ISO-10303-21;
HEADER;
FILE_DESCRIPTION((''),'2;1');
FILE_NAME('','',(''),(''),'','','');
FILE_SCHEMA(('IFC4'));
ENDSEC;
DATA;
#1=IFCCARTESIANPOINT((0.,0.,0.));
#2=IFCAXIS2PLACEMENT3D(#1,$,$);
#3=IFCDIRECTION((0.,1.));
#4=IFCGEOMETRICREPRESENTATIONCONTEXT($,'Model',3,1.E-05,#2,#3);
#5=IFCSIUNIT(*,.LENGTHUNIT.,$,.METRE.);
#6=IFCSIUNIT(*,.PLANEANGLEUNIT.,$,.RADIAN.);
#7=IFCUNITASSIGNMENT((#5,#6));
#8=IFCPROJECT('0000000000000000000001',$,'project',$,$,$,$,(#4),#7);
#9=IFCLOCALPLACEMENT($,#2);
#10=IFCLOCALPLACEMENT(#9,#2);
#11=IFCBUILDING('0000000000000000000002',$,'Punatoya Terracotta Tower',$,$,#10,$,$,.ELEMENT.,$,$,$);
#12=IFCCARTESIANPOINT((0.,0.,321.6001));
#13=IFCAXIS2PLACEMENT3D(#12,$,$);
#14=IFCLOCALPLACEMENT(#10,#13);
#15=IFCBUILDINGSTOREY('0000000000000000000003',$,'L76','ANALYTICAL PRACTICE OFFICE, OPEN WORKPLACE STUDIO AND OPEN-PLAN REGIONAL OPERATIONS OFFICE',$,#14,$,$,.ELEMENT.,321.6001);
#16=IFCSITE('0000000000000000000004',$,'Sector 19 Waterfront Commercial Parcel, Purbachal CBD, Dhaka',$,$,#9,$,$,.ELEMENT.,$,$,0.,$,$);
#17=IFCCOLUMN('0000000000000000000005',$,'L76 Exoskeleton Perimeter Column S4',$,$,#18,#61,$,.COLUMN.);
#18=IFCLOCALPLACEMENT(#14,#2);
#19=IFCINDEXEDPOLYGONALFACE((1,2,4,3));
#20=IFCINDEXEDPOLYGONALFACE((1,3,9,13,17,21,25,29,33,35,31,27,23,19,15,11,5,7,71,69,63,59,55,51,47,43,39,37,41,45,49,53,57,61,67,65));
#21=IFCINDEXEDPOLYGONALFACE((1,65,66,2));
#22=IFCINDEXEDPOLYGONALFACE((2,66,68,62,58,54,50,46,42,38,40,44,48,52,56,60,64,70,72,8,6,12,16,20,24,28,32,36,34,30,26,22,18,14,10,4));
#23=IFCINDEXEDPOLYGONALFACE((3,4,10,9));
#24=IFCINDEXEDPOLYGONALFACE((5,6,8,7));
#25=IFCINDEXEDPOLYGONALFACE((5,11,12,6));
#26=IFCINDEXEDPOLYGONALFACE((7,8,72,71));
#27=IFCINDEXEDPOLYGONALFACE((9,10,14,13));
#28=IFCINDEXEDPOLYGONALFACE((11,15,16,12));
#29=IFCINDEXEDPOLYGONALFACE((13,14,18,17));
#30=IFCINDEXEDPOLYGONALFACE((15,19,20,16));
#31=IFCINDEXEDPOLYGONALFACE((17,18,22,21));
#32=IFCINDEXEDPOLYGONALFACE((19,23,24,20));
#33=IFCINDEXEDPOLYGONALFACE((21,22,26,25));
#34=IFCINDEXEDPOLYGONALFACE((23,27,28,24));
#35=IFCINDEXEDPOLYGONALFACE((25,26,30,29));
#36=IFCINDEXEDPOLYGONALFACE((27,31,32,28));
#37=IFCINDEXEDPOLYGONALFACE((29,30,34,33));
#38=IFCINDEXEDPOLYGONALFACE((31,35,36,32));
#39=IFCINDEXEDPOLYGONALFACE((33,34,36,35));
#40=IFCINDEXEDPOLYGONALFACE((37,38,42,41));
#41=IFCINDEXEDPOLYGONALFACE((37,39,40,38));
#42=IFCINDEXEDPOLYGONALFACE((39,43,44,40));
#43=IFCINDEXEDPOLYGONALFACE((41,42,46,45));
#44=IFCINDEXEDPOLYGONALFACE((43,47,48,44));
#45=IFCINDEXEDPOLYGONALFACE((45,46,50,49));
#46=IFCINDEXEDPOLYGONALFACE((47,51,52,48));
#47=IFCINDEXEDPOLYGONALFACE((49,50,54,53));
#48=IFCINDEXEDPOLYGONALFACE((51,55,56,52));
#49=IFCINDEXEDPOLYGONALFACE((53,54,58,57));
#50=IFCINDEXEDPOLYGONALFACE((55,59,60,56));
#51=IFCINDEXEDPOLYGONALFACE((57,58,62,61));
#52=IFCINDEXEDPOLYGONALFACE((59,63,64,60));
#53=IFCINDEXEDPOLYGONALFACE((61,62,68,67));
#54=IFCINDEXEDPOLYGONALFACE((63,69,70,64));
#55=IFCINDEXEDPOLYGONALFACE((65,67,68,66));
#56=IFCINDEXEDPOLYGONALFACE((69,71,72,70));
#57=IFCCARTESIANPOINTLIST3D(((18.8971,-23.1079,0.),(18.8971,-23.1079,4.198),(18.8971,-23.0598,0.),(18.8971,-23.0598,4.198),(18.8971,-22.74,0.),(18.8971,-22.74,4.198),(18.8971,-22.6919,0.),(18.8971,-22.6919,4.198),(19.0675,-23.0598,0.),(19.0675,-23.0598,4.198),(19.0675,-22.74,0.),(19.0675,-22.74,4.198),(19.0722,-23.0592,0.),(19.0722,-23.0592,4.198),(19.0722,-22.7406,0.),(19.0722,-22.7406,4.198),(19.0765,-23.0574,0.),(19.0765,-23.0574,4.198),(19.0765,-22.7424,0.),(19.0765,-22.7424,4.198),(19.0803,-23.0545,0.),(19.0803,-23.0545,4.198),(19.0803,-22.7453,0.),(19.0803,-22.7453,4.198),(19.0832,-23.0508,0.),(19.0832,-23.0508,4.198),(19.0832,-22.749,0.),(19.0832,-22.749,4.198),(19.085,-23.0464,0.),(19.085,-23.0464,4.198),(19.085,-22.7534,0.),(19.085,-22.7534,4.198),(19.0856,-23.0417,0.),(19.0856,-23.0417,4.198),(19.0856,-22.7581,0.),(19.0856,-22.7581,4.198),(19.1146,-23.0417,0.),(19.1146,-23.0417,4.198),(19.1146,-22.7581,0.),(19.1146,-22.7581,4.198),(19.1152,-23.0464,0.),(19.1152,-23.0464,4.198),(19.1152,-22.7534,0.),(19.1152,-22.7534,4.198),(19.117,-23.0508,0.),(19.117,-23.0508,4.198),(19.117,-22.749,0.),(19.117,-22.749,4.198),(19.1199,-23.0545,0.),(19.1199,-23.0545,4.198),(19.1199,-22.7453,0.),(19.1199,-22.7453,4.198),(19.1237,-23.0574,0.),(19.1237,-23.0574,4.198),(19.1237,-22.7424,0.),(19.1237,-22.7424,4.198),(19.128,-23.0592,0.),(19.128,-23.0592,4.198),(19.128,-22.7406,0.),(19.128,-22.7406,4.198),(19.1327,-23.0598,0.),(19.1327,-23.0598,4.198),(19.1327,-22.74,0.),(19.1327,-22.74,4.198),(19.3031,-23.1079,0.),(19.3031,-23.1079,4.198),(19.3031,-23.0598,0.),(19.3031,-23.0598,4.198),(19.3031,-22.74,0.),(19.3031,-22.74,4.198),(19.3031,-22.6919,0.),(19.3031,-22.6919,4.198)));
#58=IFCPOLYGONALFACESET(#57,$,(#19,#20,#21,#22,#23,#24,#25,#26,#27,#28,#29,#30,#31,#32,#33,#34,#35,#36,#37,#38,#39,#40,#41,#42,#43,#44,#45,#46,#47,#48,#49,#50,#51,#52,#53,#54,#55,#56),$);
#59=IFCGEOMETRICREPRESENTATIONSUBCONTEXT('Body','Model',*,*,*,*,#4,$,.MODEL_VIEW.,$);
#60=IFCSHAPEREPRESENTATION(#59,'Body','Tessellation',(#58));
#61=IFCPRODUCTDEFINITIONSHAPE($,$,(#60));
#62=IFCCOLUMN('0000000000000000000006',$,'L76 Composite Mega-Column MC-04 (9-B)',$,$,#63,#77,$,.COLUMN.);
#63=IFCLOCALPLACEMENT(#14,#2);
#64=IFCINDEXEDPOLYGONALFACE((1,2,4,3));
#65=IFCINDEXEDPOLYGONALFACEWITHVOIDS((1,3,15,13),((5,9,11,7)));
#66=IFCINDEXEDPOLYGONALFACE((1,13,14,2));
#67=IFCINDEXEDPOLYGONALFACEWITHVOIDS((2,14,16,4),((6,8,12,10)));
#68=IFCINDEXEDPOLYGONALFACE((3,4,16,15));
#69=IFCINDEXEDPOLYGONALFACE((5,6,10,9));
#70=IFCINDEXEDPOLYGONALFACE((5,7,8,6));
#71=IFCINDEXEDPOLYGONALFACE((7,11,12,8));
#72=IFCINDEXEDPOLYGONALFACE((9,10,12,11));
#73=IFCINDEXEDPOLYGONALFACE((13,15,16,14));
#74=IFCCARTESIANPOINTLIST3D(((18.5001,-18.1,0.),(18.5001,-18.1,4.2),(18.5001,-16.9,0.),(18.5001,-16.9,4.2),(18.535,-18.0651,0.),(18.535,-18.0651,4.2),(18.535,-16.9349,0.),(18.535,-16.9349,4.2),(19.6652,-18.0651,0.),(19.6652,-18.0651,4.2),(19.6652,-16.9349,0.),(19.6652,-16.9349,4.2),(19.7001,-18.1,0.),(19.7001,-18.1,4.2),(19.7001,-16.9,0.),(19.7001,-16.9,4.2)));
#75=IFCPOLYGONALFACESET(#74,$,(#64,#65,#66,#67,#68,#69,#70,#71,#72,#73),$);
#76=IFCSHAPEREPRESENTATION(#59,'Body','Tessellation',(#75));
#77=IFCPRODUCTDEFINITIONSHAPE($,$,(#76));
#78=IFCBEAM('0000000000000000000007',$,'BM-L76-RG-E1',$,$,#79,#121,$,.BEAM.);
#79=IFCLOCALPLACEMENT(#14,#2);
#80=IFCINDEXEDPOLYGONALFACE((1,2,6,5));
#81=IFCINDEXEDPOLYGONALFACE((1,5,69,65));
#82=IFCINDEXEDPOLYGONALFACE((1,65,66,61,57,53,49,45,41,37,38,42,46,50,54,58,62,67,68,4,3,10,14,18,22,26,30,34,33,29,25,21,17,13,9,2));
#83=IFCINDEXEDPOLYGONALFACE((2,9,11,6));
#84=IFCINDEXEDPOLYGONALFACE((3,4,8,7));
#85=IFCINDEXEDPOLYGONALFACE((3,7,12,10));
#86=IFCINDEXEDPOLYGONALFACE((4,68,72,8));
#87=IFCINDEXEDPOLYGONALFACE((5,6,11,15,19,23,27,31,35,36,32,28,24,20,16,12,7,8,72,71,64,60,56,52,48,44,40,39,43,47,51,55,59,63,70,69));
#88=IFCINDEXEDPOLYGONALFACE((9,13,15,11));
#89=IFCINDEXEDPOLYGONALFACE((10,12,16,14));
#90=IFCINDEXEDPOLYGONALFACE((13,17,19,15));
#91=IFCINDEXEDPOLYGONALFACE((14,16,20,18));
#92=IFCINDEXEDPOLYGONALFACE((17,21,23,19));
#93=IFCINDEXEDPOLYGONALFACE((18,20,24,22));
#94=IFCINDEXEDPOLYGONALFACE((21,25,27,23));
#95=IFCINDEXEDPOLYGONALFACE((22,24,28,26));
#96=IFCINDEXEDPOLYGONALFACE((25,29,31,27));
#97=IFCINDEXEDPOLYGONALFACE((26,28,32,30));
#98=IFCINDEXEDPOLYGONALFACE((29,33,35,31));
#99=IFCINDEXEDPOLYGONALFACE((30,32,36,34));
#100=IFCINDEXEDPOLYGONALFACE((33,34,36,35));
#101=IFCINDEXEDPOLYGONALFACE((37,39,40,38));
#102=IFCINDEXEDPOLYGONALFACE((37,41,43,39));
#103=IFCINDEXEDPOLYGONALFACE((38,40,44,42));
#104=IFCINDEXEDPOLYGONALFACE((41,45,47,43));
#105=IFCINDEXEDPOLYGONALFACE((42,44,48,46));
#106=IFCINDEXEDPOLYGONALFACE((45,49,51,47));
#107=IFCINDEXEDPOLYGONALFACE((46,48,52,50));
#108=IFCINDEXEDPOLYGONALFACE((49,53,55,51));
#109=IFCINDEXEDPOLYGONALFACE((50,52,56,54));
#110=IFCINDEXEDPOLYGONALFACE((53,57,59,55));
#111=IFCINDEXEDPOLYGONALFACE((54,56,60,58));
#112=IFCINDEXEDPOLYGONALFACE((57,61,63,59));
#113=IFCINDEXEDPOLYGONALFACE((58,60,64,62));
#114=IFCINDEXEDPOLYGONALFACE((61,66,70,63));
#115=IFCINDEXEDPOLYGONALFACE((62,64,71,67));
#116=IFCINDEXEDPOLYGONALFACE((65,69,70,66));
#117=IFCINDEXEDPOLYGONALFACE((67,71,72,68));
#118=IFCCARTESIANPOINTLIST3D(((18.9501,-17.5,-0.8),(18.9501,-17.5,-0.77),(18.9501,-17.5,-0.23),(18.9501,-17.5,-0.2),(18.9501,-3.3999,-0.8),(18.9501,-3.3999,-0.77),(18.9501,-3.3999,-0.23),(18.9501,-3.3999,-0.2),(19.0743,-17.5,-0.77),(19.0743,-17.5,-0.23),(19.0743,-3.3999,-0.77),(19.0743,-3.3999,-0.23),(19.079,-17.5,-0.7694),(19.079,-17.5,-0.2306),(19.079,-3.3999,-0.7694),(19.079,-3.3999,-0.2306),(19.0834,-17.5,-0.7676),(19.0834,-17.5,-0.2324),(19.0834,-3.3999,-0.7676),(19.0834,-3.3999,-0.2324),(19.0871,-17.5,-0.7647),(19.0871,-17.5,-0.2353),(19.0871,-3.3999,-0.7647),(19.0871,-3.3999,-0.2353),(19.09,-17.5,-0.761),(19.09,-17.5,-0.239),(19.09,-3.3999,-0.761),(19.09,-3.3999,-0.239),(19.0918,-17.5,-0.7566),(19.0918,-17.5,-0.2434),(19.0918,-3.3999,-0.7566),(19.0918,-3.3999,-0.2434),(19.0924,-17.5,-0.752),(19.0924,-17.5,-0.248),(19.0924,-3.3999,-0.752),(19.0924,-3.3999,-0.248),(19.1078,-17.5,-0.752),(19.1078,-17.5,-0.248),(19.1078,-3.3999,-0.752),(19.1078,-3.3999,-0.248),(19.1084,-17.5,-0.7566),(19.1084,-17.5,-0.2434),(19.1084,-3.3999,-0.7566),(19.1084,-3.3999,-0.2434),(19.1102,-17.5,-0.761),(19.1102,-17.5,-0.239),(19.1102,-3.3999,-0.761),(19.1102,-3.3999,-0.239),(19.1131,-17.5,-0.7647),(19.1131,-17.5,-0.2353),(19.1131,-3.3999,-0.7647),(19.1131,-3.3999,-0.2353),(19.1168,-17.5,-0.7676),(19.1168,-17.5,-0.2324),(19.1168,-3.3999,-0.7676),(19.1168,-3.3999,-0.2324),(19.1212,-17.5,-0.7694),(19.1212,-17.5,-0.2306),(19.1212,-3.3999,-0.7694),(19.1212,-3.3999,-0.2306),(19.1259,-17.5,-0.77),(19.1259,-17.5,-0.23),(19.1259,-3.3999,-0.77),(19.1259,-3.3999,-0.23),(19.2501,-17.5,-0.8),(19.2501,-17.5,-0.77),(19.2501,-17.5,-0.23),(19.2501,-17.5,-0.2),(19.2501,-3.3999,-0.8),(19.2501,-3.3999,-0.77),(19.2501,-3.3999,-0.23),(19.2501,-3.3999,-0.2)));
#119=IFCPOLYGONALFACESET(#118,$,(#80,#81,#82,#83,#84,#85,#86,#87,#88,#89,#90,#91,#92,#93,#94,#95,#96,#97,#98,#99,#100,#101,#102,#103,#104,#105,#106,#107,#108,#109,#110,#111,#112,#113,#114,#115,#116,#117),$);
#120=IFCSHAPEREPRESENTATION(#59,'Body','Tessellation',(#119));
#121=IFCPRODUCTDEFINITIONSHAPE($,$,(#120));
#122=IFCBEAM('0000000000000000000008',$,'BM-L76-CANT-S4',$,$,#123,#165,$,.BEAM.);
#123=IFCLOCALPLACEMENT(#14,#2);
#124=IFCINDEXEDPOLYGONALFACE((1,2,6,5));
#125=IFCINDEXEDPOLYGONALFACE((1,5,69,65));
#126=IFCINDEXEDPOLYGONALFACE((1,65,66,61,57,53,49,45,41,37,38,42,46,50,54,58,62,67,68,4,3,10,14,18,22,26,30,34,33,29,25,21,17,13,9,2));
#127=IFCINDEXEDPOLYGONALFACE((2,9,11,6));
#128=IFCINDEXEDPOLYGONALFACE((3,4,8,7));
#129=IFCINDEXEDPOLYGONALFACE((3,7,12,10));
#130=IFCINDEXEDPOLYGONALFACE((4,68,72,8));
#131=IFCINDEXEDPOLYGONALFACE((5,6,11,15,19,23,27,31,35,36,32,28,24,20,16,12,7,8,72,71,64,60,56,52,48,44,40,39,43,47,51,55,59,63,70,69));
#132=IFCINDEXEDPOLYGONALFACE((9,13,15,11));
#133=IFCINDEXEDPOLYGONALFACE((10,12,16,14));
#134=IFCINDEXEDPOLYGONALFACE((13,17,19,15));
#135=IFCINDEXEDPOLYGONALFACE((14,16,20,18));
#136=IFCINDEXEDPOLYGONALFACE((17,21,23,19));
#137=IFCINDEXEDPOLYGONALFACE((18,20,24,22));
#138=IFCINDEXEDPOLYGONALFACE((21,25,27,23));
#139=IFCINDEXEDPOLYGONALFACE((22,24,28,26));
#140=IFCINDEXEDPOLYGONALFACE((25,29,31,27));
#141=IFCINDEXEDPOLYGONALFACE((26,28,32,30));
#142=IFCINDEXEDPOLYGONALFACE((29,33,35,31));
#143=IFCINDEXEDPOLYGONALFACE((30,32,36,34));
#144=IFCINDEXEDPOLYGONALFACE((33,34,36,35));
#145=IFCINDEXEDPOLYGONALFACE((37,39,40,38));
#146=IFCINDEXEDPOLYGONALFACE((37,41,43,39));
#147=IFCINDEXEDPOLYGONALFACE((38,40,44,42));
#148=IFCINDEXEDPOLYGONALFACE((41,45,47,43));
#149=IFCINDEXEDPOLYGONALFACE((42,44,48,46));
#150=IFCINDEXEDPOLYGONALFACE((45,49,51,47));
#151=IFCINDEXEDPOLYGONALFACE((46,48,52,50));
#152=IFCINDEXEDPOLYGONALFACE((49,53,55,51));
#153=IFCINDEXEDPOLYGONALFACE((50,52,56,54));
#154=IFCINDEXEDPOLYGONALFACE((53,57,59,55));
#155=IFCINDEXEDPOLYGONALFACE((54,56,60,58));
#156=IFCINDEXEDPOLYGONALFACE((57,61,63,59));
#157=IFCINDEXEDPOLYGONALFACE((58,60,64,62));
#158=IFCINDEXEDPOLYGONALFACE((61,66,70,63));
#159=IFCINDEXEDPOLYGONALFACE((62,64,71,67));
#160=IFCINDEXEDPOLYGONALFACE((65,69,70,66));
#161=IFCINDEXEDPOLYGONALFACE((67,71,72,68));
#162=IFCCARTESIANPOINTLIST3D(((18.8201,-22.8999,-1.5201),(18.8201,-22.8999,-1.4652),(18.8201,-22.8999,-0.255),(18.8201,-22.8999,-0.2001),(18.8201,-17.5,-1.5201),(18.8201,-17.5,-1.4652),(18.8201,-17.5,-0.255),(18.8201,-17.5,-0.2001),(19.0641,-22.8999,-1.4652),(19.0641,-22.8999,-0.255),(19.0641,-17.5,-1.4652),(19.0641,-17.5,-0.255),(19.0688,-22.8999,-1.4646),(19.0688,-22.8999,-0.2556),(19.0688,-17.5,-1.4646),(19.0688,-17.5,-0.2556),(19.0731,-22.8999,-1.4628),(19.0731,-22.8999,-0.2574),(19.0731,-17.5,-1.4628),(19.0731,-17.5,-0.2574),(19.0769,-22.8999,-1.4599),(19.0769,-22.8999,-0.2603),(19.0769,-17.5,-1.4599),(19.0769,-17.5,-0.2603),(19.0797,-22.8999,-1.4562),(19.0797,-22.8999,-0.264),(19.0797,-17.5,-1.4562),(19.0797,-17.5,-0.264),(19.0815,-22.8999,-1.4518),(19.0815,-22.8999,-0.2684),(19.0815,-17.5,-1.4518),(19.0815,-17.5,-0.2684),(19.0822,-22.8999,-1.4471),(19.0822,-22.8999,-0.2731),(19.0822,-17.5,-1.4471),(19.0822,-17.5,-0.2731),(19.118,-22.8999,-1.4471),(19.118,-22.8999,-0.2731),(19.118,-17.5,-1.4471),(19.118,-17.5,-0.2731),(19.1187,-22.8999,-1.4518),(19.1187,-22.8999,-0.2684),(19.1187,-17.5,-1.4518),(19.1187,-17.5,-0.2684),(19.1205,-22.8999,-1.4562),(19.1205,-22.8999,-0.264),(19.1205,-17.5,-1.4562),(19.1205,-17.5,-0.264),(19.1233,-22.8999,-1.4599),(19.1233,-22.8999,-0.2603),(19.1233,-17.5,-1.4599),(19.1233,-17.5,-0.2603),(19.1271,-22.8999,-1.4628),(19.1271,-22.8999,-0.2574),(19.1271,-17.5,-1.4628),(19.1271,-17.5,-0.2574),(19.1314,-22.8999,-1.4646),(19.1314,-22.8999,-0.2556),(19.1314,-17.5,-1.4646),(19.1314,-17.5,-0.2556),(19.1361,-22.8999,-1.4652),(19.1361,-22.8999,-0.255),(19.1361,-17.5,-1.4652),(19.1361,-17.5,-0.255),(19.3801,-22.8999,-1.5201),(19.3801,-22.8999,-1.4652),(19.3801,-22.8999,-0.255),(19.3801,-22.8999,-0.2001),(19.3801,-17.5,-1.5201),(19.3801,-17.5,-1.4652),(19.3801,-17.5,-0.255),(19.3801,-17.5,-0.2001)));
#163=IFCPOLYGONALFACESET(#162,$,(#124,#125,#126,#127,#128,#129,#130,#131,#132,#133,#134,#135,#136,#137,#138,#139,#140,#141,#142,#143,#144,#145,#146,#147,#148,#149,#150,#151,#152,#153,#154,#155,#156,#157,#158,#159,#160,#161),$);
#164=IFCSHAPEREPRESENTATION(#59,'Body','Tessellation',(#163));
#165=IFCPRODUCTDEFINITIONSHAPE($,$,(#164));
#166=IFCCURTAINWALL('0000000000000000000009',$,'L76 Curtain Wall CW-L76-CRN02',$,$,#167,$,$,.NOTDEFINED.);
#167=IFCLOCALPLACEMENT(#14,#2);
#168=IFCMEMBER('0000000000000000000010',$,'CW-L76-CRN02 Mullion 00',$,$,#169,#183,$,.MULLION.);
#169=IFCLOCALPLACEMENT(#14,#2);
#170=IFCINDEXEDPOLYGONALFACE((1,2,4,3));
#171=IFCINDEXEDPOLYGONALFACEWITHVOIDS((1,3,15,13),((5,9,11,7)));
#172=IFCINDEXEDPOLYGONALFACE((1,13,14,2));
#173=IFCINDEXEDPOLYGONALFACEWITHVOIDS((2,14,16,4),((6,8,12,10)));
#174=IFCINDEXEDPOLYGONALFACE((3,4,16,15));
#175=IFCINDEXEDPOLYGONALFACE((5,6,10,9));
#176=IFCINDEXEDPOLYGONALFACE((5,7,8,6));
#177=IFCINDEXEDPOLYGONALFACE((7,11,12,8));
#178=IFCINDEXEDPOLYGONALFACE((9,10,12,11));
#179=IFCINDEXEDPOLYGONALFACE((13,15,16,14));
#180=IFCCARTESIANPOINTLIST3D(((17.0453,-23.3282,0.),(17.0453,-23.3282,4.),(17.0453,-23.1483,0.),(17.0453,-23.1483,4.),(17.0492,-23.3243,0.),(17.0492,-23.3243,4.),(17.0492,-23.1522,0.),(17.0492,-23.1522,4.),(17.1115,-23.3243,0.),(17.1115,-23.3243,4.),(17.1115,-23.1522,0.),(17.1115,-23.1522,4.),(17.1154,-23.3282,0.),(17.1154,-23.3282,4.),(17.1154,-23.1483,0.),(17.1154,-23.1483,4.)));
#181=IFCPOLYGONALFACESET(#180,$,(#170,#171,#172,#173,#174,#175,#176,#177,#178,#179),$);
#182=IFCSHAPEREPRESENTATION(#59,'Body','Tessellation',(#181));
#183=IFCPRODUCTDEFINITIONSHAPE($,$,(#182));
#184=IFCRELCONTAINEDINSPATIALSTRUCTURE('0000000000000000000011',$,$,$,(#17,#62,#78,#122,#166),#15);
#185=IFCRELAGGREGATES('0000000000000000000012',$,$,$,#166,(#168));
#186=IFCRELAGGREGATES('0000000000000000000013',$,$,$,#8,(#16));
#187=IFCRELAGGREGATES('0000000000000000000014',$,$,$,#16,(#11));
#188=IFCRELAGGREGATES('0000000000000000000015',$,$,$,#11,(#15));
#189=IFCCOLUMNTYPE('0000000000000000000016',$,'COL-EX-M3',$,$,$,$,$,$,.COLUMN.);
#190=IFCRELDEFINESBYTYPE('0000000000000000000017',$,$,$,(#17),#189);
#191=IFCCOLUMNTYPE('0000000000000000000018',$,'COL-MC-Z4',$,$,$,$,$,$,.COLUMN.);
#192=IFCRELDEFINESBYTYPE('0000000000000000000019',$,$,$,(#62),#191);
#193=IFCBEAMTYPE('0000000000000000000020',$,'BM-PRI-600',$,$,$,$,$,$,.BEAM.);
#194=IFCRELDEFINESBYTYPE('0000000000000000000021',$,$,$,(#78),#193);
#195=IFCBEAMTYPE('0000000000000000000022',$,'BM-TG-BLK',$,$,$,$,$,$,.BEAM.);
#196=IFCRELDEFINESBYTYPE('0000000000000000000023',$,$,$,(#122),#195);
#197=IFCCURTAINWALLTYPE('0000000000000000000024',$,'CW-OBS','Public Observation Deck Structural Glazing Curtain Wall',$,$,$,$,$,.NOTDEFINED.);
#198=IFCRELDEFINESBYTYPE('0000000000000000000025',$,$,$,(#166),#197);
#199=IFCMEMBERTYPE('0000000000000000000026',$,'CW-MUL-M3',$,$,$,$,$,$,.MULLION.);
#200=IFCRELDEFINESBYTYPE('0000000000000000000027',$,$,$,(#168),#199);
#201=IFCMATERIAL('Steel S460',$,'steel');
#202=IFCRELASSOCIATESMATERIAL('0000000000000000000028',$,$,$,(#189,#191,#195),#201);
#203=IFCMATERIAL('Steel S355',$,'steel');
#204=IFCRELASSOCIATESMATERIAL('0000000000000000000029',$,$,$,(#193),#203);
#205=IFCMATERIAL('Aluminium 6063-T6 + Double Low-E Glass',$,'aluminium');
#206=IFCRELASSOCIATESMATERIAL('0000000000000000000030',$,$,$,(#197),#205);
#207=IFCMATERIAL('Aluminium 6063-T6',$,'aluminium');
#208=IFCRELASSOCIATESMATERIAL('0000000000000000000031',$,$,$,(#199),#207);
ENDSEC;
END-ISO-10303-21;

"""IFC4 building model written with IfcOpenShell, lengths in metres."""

from ifc_helpers import new_model, si_unit, direction, frame, origin, origin_2d, place, context, subcontext, project, spatial, hollow_rectangle, i_section, extrude, material, material_profile, profile_set, type_object, element, aggregate, save


model = new_model("IFC4")

# Units and contexts
model_context = context("Model", 3, precision=1e-05, world=origin(), true_north=direction((0.0, 1.0)))
body_context = subcontext(model_context, "Body", "Model", "MODEL_VIEW")
ifc_project = project(units=[si_unit("LENGTHUNIT", "METRE"), si_unit("PLANEANGLEUNIT", "RADIAN")], contexts=[model_context])

# Site, building, storey
site_placement = place(None, origin())
site = spatial("IfcSite", under=ifc_project, at=site_placement, Name="Sector 19 Waterfront Commercial Parcel, Purbachal CBD, Dhaka", CompositionType="ELEMENT", RefElevation=0.0)
building_placement = place(site_placement, origin())
building = spatial("IfcBuilding", under=site, at=building_placement, Name="Punatoya Terracotta Tower", CompositionType="ELEMENT")
storey_placement = place(building_placement, frame((0.0, 0.0, 321.6001)))
storey = spatial("IfcBuildingStorey", under=building, at=storey_placement, Name="L76", Description="ANALYTICAL PRACTICE OFFICE, OPEN WORKPLACE STUDIO AND OPEN-PLAN REGIONAL OPERATIONS OFFICE", CompositionType="ELEMENT", Elevation=321.6001)

# Columns
ifc_material_1 = material(Name="Steel S460", Category="steel")
ifc_material_profile_1 = material_profile(ifc_material_1, i_section(OverallWidth=0.406, OverallDepth=0.416, WebThickness=0.0291, FlangeThickness=0.0481, FilletRadius=0.0181, at=origin_2d()))
ifc_profile_set_1 = profile_set([ifc_material_profile_1], Name="Steel S460")
column_type_1 = type_object("IfcColumnType", Name="COL-EX-M3", PredefinedType="COLUMN", material=ifc_profile_set_1)
column_1_placement = place(storey_placement, frame((19.1001, -22.8999, 0.0), z_axis=(0.0, 0.0, 1.0), x_axis=(1.0, 0.0, 0.0)))
element("IfcColumn", 1, at=column_1_placement, inside=storey, type_object=column_type_1, Name="L76 Exoskeleton Perimeter Column S4", PredefinedType="COLUMN", context=body_context, shape_type="SweptSolid", body=[
    extrude(i_section(OverallWidth=0.406, OverallDepth=0.416, WebThickness=0.0291, FlangeThickness=0.0481, FilletRadius=0.0181, at=origin_2d()), origin(), (0.0, 0.0, 1.0), 4.198),
])
ifc_material_profile_2 = material_profile(ifc_material_1, hollow_rectangle(XDim=1.2, YDim=1.2, WallThickness=0.0349, at=origin_2d()))
ifc_profile_set_2 = profile_set([ifc_material_profile_2], Name="Steel S460")
column_type_2 = type_object("IfcColumnType", Name="COL-MC-Z4", PredefinedType="COLUMN", material=ifc_profile_set_2)
column_2_placement = place(storey_placement, frame((19.1001, -17.5, 0.0), z_axis=(0.0, 0.0, 1.0), x_axis=(1.0, 0.0, 0.0)))
element("IfcColumn", 2, at=column_2_placement, inside=storey, type_object=column_type_2, Name="L76 Composite Mega-Column MC-04 (9-B)", PredefinedType="COLUMN", context=body_context, shape_type="SweptSolid", body=[
    extrude(hollow_rectangle(XDim=1.2, YDim=1.2, WallThickness=0.0349, at=origin_2d()), origin(), (0.0, 0.0, 1.0), 4.2),
])

# Beams
ifc_material_2 = material(Name="Steel S355", Category="steel")
ifc_material_profile_3 = material_profile(ifc_material_2, i_section(OverallWidth=0.3, OverallDepth=0.6001, WebThickness=0.0154, FlangeThickness=0.03, FilletRadius=0.0181, at=origin_2d()))
ifc_profile_set_3 = profile_set([ifc_material_profile_3], Name="Steel S355")
beam_type_1 = type_object("IfcBeamType", Name="BM-PRI-600", PredefinedType="BEAM", material=ifc_profile_set_3)
beam_1_placement = place(storey_placement, frame((19.1001, -17.5, -0.5), z_axis=(0.0, 1.0, 0.0), x_axis=(-1.0, 0.0, 0.0)))
element("IfcBeam", 3, at=beam_1_placement, inside=storey, type_object=beam_type_1, Name="BM-L76-RG-E1", PredefinedType="BEAM", context=body_context, shape_type="SweptSolid", body=[
    extrude(i_section(OverallWidth=0.3, OverallDepth=0.6001, WebThickness=0.0154, FlangeThickness=0.03, FilletRadius=0.0181, at=origin_2d()), origin(), (0.0, 0.0, 1.0), 14.1001),
])
ifc_material_profile_4 = material_profile(ifc_material_1, i_section(OverallWidth=0.5601, OverallDepth=1.3201, WebThickness=0.0359, FlangeThickness=0.0549, FilletRadius=0.0181, at=origin_2d()))
ifc_profile_set_4 = profile_set([ifc_material_profile_4], Name="Steel S460")
beam_type_2 = type_object("IfcBeamType", Name="BM-TG-BLK", PredefinedType="BEAM", material=ifc_profile_set_4)
beam_2_placement = place(storey_placement, frame((19.1001, -22.8999, -0.8601), z_axis=(0.0, 1.0, 0.0), x_axis=(-1.0, 0.0, 0.0)))
element("IfcBeam", 4, at=beam_2_placement, inside=storey, type_object=beam_type_2, Name="BM-L76-CANT-S4", PredefinedType="BEAM", context=body_context, shape_type="SweptSolid", body=[
    extrude(i_section(OverallWidth=0.5601, OverallDepth=1.3201, WebThickness=0.0359, FlangeThickness=0.0549, FilletRadius=0.0181, at=origin_2d()), origin(), (0.0, 0.0, 1.0), 5.3999),
])

# Curtain wall, member
ifc_material_3 = material(Name="Aluminium 6063-T6 + Double Low-E Glass", Category="aluminium")
curtain_wall_type = type_object("IfcCurtainWallType", Name="CW-OBS", Description="Public Observation Deck Structural Glazing Curtain Wall", PredefinedType="NOTDEFINED", material=ifc_material_3)
curtain_wall_1_placement = place(storey_placement, origin())
curtain_wall_1 = element("IfcCurtainWall", 5, at=curtain_wall_1_placement, inside=storey, type_object=curtain_wall_type, Name="L76 Curtain Wall CW-L76-CRN02", PredefinedType="NOTDEFINED")
ifc_material_4 = material(Name="Aluminium 6063-T6", Category="aluminium")
ifc_material_profile_5 = material_profile(ifc_material_4, hollow_rectangle(XDim=0.0701, YDim=0.1799, WallThickness=0.0039, at=origin_2d()))
ifc_profile_set_5 = profile_set([ifc_material_profile_5], Name="Aluminium 6063-T6")
member_type_1 = type_object("IfcMemberType", Name="CW-MUL-M3", PredefinedType="MULLION", material=ifc_profile_set_5)
member_1_placement = place(storey_placement, frame((17.0803, -23.2383, 0.0), z_axis=(0.0, 0.0, 1.0), x_axis=(1.0, 0.0, 0.0)))
member_1 = element("IfcMember", 6, at=member_1_placement, type_object=member_type_1, Name="CW-L76-CRN02 Mullion 00", PredefinedType="MULLION", context=body_context, shape_type="SweptSolid", body=[
    extrude(hollow_rectangle(XDim=0.0701, YDim=0.1799, WallThickness=0.0039, at=origin_2d()), origin(), (0.0, 0.0, 1.0), 4.0),
])

aggregate(curtain_wall_1, [member_1])

save(model, "model.ifc")
